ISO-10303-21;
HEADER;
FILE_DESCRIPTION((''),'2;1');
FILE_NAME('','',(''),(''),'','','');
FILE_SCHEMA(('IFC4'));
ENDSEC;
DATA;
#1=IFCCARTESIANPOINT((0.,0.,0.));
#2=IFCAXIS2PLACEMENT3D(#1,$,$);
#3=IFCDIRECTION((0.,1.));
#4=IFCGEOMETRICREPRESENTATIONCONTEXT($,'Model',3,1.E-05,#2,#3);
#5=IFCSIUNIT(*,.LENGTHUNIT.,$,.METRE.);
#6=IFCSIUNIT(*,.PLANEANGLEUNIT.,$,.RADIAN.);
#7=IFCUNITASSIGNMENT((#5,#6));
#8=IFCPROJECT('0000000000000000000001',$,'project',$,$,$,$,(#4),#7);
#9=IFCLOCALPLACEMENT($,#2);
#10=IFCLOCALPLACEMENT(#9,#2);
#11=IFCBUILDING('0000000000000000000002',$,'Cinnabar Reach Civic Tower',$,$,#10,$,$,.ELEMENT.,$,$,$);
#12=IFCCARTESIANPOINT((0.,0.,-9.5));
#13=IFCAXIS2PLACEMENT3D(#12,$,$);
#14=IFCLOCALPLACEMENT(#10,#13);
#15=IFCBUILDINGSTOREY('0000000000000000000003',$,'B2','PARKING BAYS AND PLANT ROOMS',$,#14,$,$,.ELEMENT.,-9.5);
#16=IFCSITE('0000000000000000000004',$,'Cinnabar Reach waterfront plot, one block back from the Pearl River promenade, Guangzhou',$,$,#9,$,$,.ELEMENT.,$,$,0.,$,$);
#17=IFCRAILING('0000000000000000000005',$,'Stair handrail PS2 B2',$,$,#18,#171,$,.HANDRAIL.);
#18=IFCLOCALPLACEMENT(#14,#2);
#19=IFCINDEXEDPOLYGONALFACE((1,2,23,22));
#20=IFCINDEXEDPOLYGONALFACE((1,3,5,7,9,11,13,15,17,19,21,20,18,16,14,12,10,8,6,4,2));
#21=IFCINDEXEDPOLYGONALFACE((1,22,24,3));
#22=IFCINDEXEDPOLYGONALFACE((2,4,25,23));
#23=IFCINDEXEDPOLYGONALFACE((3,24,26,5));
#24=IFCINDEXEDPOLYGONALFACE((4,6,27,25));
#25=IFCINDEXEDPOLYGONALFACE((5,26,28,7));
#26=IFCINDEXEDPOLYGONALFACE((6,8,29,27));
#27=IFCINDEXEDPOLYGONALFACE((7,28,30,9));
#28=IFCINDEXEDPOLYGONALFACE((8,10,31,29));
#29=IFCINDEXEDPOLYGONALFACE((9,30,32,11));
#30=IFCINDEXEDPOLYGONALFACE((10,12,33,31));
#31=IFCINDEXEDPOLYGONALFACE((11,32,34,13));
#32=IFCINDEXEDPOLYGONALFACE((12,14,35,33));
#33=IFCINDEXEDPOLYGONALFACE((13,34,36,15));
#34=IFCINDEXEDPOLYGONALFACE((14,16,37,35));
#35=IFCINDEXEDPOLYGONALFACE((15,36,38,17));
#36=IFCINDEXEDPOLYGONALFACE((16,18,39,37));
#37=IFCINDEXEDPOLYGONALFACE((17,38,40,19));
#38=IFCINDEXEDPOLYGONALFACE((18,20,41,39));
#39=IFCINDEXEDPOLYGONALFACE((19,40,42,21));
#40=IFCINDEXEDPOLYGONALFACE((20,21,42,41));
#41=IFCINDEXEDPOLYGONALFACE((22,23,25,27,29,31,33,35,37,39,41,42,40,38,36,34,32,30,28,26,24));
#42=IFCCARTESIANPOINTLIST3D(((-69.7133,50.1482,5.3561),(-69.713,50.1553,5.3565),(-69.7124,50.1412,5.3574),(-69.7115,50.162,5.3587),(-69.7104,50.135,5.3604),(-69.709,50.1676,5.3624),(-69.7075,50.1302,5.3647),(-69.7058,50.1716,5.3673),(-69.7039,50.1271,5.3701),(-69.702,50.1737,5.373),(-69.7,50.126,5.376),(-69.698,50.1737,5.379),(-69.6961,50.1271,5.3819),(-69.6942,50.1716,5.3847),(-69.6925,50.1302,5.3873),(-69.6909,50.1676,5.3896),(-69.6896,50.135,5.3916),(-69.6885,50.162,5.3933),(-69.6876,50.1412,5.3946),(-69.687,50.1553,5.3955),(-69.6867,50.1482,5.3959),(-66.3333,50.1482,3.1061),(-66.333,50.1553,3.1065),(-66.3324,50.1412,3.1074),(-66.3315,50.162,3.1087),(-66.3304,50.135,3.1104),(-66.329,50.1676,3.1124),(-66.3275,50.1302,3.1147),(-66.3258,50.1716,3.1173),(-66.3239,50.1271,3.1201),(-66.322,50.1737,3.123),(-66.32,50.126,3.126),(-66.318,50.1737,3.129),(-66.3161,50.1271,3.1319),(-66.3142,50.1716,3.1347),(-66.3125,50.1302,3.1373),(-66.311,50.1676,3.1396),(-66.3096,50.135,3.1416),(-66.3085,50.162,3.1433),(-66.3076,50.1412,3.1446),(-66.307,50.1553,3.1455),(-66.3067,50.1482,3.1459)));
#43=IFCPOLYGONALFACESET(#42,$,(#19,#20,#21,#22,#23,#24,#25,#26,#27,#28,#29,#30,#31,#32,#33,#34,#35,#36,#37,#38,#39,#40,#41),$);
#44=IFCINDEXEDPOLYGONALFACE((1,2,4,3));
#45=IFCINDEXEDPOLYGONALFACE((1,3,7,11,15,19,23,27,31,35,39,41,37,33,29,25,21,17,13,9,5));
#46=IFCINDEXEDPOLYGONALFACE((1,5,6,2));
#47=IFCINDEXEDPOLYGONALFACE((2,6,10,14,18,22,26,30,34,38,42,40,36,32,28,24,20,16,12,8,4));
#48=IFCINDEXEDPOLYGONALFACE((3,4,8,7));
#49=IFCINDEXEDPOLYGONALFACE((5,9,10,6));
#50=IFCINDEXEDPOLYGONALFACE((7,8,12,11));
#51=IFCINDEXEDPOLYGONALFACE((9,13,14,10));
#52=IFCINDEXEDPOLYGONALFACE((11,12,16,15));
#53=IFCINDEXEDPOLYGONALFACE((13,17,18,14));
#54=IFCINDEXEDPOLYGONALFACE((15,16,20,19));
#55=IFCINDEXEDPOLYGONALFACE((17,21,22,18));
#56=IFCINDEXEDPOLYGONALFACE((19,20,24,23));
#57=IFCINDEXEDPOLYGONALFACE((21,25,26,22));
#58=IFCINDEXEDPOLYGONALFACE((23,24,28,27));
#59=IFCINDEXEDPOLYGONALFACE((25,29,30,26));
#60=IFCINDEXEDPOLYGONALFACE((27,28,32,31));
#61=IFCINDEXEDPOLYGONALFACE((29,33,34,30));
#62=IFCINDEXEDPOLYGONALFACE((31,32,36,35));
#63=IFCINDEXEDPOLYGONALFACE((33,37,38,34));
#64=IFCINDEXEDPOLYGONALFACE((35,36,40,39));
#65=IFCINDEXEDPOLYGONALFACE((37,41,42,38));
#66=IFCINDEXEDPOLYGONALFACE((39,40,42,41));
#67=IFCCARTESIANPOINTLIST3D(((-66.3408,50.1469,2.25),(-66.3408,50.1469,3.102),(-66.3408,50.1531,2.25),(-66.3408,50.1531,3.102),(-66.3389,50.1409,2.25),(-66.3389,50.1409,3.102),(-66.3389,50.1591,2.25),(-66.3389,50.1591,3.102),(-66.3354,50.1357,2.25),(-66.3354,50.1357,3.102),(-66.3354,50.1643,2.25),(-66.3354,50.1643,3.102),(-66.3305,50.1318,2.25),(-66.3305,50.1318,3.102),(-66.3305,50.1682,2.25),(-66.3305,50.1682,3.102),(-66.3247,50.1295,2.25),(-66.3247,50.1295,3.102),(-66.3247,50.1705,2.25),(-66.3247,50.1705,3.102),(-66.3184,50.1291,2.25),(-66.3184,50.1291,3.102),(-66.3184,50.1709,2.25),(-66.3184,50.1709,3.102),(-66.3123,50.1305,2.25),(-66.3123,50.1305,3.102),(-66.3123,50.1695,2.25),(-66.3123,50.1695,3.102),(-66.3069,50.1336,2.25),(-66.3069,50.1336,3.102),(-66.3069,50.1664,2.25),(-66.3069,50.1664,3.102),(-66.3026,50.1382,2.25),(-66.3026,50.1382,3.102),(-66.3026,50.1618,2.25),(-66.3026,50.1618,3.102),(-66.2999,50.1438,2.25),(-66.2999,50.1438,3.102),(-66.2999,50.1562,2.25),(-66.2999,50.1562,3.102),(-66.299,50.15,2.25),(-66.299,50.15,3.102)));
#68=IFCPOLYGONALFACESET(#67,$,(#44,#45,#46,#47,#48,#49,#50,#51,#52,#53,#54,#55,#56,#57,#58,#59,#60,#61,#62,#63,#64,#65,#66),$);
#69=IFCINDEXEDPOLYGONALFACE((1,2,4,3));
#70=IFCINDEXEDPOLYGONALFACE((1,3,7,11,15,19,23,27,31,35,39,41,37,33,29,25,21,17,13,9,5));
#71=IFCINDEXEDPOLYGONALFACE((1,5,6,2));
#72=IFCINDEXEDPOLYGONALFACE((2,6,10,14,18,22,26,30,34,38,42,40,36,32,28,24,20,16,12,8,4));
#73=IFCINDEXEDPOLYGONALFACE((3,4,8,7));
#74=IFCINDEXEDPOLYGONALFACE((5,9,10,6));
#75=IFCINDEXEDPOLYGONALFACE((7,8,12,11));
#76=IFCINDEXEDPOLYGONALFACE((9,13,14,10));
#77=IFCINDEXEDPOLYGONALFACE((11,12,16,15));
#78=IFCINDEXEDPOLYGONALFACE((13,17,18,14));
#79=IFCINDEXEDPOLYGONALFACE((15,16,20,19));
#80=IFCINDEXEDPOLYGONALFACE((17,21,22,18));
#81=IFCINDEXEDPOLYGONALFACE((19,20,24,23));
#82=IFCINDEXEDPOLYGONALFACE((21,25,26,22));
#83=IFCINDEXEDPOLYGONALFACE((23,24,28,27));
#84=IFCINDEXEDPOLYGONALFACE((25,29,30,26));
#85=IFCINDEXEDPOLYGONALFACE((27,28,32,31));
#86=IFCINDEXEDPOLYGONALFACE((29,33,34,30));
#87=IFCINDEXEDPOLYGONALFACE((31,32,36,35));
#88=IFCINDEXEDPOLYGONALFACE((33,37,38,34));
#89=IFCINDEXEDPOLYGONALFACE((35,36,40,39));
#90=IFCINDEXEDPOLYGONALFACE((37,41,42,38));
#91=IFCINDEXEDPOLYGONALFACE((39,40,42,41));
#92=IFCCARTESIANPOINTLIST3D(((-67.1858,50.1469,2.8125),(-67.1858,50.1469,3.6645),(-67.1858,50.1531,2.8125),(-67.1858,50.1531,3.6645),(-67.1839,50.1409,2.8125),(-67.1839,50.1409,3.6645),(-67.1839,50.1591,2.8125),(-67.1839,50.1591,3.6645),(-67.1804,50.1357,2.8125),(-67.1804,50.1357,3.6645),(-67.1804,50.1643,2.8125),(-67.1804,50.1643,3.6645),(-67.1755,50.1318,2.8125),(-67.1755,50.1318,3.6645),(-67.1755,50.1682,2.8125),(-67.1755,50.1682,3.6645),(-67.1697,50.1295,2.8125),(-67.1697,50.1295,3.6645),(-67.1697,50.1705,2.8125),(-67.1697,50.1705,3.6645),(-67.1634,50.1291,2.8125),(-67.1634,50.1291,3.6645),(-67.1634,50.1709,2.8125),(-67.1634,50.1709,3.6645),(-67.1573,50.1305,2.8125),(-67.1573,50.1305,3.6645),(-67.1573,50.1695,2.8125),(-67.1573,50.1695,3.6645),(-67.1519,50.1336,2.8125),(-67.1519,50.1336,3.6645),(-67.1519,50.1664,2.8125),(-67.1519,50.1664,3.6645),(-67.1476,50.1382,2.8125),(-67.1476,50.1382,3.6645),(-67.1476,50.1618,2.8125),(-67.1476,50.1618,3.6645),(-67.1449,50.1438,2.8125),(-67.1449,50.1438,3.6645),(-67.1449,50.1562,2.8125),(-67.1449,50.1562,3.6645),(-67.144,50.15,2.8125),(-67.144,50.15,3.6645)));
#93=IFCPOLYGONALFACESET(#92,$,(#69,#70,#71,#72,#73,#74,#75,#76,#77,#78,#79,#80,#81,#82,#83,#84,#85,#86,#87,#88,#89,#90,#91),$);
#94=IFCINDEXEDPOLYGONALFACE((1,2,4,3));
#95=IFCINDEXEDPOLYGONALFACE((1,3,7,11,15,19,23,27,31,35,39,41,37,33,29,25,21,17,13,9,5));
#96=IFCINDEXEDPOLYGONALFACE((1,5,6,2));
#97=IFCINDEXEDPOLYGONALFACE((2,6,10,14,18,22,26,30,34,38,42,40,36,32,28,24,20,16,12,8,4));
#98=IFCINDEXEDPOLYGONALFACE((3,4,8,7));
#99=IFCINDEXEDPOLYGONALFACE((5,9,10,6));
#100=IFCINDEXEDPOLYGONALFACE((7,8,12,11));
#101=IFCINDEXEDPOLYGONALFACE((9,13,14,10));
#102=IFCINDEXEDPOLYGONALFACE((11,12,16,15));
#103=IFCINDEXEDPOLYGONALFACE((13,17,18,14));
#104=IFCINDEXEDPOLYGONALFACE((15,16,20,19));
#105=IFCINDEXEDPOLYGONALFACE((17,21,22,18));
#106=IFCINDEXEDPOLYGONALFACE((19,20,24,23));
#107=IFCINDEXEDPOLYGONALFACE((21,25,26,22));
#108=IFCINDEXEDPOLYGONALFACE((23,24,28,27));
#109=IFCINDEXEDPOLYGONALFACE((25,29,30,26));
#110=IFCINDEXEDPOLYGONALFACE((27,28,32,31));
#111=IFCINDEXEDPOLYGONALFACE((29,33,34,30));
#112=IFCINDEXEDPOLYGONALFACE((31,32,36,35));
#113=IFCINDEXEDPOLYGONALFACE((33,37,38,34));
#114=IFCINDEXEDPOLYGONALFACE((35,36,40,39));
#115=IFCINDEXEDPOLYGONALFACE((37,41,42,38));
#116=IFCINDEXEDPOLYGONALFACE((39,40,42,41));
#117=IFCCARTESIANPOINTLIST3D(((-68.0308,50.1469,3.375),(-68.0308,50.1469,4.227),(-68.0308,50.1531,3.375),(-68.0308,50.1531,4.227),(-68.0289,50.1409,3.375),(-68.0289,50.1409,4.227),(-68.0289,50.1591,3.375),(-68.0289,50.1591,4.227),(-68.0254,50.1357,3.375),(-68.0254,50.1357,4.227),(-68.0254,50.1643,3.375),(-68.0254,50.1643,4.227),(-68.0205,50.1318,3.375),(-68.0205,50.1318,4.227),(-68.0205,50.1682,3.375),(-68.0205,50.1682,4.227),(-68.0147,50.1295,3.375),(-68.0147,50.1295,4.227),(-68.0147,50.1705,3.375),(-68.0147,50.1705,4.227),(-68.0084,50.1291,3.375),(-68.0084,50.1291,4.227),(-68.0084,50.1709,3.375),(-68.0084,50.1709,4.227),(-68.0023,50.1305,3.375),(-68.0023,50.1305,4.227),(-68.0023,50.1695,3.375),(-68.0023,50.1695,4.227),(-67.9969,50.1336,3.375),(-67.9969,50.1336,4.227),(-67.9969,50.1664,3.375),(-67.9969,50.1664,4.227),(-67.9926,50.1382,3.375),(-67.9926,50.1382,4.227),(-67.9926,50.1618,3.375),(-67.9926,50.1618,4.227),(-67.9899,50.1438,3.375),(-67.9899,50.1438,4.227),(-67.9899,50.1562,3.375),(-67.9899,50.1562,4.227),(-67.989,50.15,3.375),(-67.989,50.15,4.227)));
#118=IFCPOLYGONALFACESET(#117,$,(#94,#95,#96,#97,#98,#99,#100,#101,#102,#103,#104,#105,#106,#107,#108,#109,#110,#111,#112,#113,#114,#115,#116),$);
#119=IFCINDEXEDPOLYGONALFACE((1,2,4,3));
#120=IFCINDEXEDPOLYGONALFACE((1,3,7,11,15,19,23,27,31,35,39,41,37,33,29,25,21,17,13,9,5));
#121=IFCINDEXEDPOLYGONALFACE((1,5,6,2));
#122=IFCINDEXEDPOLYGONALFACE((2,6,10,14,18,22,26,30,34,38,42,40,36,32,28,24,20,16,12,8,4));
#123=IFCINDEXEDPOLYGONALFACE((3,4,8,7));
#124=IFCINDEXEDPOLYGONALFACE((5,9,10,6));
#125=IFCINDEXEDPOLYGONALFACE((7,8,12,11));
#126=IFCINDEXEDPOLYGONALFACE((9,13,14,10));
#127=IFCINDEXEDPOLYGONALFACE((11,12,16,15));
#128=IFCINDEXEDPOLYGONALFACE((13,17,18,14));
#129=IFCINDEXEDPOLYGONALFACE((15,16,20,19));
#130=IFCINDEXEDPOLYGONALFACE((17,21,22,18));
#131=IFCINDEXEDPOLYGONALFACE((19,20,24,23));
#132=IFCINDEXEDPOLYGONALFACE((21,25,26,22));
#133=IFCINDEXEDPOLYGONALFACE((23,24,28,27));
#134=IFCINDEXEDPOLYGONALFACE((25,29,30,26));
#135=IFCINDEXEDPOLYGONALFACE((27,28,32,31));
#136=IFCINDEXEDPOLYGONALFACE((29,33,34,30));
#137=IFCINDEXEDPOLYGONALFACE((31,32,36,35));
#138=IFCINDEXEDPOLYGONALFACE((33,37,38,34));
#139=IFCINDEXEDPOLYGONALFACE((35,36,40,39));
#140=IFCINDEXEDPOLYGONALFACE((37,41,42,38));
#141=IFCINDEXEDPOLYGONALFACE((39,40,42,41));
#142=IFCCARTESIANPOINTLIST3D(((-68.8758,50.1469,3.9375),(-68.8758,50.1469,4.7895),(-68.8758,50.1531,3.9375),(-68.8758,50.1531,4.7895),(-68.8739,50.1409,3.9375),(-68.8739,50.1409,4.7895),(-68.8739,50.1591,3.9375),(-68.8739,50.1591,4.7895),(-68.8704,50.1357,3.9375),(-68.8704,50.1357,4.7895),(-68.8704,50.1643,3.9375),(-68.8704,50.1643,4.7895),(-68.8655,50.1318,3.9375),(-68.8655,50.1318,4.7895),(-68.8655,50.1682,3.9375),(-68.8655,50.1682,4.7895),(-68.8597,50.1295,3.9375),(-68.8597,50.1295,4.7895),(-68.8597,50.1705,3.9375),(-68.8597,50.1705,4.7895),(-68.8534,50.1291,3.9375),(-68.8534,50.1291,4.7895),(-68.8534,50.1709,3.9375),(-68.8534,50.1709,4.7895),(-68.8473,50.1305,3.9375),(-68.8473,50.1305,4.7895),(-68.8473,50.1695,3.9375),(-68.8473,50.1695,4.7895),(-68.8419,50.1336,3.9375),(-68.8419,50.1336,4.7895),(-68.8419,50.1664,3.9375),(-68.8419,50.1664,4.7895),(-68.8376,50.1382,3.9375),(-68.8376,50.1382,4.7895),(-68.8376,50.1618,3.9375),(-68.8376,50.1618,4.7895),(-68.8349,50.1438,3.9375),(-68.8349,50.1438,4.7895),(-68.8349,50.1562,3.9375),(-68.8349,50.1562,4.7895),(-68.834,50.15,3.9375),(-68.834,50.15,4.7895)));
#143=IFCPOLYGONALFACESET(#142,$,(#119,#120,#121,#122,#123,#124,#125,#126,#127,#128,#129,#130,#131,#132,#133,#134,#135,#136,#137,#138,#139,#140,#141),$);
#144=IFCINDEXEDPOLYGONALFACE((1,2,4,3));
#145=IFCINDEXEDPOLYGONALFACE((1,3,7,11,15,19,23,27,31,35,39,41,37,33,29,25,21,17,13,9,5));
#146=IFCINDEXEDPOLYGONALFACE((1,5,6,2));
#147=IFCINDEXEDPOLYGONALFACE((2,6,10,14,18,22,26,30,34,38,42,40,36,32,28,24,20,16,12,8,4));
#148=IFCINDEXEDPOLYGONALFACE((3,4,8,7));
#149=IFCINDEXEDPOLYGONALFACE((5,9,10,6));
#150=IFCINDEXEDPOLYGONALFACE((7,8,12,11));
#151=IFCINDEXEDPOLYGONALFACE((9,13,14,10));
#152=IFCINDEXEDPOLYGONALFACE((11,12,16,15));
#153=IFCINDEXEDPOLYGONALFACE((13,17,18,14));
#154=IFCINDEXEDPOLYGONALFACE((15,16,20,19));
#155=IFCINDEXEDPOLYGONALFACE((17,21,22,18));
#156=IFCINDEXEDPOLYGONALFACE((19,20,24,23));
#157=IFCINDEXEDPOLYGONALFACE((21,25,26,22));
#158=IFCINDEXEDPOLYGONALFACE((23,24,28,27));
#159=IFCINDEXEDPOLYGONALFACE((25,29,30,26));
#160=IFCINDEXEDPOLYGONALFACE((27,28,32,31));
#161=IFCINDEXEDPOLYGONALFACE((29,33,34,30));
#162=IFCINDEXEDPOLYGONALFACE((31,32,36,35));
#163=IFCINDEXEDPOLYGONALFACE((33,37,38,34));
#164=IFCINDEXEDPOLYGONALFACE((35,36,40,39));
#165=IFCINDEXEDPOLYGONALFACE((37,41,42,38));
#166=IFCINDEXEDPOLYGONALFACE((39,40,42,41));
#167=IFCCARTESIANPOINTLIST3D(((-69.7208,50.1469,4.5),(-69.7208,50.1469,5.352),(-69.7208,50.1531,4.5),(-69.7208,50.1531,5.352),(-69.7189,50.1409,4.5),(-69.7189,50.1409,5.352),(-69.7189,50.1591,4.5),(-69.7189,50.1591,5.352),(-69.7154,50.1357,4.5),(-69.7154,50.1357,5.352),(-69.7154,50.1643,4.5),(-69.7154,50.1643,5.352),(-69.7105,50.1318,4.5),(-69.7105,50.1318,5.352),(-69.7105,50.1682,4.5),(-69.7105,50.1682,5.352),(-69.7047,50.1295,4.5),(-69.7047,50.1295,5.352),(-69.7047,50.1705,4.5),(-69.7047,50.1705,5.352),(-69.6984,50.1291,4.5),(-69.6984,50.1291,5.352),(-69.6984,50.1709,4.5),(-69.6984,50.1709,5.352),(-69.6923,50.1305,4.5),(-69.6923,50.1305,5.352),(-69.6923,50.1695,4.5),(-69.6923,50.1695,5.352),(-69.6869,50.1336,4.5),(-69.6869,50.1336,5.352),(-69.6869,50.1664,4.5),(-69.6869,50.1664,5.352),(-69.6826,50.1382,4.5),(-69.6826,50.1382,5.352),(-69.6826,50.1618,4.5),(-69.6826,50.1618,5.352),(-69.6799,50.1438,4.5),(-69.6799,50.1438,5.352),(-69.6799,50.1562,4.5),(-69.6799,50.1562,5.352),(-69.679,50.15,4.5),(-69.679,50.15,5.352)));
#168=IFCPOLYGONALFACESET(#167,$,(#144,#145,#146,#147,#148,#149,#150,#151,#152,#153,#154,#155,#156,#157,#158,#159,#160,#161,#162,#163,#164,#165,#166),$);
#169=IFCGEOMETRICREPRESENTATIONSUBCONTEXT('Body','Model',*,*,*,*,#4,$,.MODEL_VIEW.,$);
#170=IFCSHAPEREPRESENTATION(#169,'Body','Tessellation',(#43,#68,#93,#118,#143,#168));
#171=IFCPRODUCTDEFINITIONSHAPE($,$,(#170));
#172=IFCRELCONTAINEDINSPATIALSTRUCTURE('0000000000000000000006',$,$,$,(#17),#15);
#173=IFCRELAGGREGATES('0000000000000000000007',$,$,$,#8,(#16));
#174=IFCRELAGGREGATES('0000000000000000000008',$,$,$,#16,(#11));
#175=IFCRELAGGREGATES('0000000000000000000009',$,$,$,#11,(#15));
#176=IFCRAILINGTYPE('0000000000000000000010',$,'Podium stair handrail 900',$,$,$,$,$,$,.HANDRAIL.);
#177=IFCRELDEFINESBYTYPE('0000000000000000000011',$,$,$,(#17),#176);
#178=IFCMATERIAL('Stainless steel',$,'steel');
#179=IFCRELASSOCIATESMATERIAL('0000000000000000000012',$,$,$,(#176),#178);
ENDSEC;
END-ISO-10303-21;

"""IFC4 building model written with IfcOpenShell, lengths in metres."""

from ifc_helpers import new_model, si_unit, direction, frame, origin, origin_2d, place, context, subcontext, project, spatial, circle, extrude, material, type_object, element, save


model = new_model("IFC4")

# Units and contexts
model_context = context("Model", 3, precision=1e-05, world=origin(), true_north=direction((0.0, 1.0)))
body_context = subcontext(model_context, "Body", "Model", "MODEL_VIEW")
ifc_project = project(units=[si_unit("LENGTHUNIT", "METRE"), si_unit("PLANEANGLEUNIT", "RADIAN")], contexts=[model_context])

# Site, building, storey
site_placement = place(None, origin())
site = spatial("IfcSite", under=ifc_project, at=site_placement, Name="Cinnabar Reach waterfront plot, one block back from the Pearl River promenade, Guangzhou", CompositionType="ELEMENT", RefElevation=0.0)
building_placement = place(site_placement, origin())
building = spatial("IfcBuilding", under=site, at=building_placement, Name="Cinnabar Reach Civic Tower", CompositionType="ELEMENT")
storey_placement = place(building_placement, frame((0.0, 0.0, -9.5)))
storey = spatial("IfcBuildingStorey", under=building, at=storey_placement, Name="B2", Description="PARKING BAYS AND PLANT ROOMS", CompositionType="ELEMENT", Elevation=-9.5)

# Railing
ifc_material_1 = material(Name="Stainless steel", Category="steel")
railing_type_1 = type_object("IfcRailingType", Name="Podium stair handrail 900", PredefinedType="HANDRAIL", material=ifc_material_1)
railing_1_placement = place(storey_placement, frame((-66.32, 50.15, 2.25)))
element("IfcRailing", 1, at=railing_1_placement, inside=storey, type_object=railing_type_1, Name="Stair handrail PS2 B2", PredefinedType="HANDRAIL", context=body_context, shape_type="SweptSolid", body=[
    extrude(circle(Radius=0.024, at=origin_2d()), frame((0.0, 0.0, 0.876), z_axis=(-0.832429, 0.0, 0.554132), x_axis=(0.0, -1.0, 0.0)), (0.0, 0.0, 1.0), 4.0604),
    extrude(circle(Radius=0.021, at=origin_2d()), origin(), (0.0, 0.0, 1.0), 0.852),
    extrude(circle(Radius=0.021, at=origin_2d()), frame((-0.845, 0.0, 0.5625)), (0.0, 0.0, 1.0), 0.852),
    extrude(circle(Radius=0.021, at=origin_2d()), frame((-1.69, 0.0, 1.125)), (0.0, 0.0, 1.0), 0.852),
    extrude(circle(Radius=0.021, at=origin_2d()), frame((-2.535, 0.0, 1.6875)), (0.0, 0.0, 1.0), 0.852),
    extrude(circle(Radius=0.021, at=origin_2d()), frame((-3.38, 0.0, 2.25)), (0.0, 0.0, 1.0), 0.852),
])

save(model, "model.ifc")
